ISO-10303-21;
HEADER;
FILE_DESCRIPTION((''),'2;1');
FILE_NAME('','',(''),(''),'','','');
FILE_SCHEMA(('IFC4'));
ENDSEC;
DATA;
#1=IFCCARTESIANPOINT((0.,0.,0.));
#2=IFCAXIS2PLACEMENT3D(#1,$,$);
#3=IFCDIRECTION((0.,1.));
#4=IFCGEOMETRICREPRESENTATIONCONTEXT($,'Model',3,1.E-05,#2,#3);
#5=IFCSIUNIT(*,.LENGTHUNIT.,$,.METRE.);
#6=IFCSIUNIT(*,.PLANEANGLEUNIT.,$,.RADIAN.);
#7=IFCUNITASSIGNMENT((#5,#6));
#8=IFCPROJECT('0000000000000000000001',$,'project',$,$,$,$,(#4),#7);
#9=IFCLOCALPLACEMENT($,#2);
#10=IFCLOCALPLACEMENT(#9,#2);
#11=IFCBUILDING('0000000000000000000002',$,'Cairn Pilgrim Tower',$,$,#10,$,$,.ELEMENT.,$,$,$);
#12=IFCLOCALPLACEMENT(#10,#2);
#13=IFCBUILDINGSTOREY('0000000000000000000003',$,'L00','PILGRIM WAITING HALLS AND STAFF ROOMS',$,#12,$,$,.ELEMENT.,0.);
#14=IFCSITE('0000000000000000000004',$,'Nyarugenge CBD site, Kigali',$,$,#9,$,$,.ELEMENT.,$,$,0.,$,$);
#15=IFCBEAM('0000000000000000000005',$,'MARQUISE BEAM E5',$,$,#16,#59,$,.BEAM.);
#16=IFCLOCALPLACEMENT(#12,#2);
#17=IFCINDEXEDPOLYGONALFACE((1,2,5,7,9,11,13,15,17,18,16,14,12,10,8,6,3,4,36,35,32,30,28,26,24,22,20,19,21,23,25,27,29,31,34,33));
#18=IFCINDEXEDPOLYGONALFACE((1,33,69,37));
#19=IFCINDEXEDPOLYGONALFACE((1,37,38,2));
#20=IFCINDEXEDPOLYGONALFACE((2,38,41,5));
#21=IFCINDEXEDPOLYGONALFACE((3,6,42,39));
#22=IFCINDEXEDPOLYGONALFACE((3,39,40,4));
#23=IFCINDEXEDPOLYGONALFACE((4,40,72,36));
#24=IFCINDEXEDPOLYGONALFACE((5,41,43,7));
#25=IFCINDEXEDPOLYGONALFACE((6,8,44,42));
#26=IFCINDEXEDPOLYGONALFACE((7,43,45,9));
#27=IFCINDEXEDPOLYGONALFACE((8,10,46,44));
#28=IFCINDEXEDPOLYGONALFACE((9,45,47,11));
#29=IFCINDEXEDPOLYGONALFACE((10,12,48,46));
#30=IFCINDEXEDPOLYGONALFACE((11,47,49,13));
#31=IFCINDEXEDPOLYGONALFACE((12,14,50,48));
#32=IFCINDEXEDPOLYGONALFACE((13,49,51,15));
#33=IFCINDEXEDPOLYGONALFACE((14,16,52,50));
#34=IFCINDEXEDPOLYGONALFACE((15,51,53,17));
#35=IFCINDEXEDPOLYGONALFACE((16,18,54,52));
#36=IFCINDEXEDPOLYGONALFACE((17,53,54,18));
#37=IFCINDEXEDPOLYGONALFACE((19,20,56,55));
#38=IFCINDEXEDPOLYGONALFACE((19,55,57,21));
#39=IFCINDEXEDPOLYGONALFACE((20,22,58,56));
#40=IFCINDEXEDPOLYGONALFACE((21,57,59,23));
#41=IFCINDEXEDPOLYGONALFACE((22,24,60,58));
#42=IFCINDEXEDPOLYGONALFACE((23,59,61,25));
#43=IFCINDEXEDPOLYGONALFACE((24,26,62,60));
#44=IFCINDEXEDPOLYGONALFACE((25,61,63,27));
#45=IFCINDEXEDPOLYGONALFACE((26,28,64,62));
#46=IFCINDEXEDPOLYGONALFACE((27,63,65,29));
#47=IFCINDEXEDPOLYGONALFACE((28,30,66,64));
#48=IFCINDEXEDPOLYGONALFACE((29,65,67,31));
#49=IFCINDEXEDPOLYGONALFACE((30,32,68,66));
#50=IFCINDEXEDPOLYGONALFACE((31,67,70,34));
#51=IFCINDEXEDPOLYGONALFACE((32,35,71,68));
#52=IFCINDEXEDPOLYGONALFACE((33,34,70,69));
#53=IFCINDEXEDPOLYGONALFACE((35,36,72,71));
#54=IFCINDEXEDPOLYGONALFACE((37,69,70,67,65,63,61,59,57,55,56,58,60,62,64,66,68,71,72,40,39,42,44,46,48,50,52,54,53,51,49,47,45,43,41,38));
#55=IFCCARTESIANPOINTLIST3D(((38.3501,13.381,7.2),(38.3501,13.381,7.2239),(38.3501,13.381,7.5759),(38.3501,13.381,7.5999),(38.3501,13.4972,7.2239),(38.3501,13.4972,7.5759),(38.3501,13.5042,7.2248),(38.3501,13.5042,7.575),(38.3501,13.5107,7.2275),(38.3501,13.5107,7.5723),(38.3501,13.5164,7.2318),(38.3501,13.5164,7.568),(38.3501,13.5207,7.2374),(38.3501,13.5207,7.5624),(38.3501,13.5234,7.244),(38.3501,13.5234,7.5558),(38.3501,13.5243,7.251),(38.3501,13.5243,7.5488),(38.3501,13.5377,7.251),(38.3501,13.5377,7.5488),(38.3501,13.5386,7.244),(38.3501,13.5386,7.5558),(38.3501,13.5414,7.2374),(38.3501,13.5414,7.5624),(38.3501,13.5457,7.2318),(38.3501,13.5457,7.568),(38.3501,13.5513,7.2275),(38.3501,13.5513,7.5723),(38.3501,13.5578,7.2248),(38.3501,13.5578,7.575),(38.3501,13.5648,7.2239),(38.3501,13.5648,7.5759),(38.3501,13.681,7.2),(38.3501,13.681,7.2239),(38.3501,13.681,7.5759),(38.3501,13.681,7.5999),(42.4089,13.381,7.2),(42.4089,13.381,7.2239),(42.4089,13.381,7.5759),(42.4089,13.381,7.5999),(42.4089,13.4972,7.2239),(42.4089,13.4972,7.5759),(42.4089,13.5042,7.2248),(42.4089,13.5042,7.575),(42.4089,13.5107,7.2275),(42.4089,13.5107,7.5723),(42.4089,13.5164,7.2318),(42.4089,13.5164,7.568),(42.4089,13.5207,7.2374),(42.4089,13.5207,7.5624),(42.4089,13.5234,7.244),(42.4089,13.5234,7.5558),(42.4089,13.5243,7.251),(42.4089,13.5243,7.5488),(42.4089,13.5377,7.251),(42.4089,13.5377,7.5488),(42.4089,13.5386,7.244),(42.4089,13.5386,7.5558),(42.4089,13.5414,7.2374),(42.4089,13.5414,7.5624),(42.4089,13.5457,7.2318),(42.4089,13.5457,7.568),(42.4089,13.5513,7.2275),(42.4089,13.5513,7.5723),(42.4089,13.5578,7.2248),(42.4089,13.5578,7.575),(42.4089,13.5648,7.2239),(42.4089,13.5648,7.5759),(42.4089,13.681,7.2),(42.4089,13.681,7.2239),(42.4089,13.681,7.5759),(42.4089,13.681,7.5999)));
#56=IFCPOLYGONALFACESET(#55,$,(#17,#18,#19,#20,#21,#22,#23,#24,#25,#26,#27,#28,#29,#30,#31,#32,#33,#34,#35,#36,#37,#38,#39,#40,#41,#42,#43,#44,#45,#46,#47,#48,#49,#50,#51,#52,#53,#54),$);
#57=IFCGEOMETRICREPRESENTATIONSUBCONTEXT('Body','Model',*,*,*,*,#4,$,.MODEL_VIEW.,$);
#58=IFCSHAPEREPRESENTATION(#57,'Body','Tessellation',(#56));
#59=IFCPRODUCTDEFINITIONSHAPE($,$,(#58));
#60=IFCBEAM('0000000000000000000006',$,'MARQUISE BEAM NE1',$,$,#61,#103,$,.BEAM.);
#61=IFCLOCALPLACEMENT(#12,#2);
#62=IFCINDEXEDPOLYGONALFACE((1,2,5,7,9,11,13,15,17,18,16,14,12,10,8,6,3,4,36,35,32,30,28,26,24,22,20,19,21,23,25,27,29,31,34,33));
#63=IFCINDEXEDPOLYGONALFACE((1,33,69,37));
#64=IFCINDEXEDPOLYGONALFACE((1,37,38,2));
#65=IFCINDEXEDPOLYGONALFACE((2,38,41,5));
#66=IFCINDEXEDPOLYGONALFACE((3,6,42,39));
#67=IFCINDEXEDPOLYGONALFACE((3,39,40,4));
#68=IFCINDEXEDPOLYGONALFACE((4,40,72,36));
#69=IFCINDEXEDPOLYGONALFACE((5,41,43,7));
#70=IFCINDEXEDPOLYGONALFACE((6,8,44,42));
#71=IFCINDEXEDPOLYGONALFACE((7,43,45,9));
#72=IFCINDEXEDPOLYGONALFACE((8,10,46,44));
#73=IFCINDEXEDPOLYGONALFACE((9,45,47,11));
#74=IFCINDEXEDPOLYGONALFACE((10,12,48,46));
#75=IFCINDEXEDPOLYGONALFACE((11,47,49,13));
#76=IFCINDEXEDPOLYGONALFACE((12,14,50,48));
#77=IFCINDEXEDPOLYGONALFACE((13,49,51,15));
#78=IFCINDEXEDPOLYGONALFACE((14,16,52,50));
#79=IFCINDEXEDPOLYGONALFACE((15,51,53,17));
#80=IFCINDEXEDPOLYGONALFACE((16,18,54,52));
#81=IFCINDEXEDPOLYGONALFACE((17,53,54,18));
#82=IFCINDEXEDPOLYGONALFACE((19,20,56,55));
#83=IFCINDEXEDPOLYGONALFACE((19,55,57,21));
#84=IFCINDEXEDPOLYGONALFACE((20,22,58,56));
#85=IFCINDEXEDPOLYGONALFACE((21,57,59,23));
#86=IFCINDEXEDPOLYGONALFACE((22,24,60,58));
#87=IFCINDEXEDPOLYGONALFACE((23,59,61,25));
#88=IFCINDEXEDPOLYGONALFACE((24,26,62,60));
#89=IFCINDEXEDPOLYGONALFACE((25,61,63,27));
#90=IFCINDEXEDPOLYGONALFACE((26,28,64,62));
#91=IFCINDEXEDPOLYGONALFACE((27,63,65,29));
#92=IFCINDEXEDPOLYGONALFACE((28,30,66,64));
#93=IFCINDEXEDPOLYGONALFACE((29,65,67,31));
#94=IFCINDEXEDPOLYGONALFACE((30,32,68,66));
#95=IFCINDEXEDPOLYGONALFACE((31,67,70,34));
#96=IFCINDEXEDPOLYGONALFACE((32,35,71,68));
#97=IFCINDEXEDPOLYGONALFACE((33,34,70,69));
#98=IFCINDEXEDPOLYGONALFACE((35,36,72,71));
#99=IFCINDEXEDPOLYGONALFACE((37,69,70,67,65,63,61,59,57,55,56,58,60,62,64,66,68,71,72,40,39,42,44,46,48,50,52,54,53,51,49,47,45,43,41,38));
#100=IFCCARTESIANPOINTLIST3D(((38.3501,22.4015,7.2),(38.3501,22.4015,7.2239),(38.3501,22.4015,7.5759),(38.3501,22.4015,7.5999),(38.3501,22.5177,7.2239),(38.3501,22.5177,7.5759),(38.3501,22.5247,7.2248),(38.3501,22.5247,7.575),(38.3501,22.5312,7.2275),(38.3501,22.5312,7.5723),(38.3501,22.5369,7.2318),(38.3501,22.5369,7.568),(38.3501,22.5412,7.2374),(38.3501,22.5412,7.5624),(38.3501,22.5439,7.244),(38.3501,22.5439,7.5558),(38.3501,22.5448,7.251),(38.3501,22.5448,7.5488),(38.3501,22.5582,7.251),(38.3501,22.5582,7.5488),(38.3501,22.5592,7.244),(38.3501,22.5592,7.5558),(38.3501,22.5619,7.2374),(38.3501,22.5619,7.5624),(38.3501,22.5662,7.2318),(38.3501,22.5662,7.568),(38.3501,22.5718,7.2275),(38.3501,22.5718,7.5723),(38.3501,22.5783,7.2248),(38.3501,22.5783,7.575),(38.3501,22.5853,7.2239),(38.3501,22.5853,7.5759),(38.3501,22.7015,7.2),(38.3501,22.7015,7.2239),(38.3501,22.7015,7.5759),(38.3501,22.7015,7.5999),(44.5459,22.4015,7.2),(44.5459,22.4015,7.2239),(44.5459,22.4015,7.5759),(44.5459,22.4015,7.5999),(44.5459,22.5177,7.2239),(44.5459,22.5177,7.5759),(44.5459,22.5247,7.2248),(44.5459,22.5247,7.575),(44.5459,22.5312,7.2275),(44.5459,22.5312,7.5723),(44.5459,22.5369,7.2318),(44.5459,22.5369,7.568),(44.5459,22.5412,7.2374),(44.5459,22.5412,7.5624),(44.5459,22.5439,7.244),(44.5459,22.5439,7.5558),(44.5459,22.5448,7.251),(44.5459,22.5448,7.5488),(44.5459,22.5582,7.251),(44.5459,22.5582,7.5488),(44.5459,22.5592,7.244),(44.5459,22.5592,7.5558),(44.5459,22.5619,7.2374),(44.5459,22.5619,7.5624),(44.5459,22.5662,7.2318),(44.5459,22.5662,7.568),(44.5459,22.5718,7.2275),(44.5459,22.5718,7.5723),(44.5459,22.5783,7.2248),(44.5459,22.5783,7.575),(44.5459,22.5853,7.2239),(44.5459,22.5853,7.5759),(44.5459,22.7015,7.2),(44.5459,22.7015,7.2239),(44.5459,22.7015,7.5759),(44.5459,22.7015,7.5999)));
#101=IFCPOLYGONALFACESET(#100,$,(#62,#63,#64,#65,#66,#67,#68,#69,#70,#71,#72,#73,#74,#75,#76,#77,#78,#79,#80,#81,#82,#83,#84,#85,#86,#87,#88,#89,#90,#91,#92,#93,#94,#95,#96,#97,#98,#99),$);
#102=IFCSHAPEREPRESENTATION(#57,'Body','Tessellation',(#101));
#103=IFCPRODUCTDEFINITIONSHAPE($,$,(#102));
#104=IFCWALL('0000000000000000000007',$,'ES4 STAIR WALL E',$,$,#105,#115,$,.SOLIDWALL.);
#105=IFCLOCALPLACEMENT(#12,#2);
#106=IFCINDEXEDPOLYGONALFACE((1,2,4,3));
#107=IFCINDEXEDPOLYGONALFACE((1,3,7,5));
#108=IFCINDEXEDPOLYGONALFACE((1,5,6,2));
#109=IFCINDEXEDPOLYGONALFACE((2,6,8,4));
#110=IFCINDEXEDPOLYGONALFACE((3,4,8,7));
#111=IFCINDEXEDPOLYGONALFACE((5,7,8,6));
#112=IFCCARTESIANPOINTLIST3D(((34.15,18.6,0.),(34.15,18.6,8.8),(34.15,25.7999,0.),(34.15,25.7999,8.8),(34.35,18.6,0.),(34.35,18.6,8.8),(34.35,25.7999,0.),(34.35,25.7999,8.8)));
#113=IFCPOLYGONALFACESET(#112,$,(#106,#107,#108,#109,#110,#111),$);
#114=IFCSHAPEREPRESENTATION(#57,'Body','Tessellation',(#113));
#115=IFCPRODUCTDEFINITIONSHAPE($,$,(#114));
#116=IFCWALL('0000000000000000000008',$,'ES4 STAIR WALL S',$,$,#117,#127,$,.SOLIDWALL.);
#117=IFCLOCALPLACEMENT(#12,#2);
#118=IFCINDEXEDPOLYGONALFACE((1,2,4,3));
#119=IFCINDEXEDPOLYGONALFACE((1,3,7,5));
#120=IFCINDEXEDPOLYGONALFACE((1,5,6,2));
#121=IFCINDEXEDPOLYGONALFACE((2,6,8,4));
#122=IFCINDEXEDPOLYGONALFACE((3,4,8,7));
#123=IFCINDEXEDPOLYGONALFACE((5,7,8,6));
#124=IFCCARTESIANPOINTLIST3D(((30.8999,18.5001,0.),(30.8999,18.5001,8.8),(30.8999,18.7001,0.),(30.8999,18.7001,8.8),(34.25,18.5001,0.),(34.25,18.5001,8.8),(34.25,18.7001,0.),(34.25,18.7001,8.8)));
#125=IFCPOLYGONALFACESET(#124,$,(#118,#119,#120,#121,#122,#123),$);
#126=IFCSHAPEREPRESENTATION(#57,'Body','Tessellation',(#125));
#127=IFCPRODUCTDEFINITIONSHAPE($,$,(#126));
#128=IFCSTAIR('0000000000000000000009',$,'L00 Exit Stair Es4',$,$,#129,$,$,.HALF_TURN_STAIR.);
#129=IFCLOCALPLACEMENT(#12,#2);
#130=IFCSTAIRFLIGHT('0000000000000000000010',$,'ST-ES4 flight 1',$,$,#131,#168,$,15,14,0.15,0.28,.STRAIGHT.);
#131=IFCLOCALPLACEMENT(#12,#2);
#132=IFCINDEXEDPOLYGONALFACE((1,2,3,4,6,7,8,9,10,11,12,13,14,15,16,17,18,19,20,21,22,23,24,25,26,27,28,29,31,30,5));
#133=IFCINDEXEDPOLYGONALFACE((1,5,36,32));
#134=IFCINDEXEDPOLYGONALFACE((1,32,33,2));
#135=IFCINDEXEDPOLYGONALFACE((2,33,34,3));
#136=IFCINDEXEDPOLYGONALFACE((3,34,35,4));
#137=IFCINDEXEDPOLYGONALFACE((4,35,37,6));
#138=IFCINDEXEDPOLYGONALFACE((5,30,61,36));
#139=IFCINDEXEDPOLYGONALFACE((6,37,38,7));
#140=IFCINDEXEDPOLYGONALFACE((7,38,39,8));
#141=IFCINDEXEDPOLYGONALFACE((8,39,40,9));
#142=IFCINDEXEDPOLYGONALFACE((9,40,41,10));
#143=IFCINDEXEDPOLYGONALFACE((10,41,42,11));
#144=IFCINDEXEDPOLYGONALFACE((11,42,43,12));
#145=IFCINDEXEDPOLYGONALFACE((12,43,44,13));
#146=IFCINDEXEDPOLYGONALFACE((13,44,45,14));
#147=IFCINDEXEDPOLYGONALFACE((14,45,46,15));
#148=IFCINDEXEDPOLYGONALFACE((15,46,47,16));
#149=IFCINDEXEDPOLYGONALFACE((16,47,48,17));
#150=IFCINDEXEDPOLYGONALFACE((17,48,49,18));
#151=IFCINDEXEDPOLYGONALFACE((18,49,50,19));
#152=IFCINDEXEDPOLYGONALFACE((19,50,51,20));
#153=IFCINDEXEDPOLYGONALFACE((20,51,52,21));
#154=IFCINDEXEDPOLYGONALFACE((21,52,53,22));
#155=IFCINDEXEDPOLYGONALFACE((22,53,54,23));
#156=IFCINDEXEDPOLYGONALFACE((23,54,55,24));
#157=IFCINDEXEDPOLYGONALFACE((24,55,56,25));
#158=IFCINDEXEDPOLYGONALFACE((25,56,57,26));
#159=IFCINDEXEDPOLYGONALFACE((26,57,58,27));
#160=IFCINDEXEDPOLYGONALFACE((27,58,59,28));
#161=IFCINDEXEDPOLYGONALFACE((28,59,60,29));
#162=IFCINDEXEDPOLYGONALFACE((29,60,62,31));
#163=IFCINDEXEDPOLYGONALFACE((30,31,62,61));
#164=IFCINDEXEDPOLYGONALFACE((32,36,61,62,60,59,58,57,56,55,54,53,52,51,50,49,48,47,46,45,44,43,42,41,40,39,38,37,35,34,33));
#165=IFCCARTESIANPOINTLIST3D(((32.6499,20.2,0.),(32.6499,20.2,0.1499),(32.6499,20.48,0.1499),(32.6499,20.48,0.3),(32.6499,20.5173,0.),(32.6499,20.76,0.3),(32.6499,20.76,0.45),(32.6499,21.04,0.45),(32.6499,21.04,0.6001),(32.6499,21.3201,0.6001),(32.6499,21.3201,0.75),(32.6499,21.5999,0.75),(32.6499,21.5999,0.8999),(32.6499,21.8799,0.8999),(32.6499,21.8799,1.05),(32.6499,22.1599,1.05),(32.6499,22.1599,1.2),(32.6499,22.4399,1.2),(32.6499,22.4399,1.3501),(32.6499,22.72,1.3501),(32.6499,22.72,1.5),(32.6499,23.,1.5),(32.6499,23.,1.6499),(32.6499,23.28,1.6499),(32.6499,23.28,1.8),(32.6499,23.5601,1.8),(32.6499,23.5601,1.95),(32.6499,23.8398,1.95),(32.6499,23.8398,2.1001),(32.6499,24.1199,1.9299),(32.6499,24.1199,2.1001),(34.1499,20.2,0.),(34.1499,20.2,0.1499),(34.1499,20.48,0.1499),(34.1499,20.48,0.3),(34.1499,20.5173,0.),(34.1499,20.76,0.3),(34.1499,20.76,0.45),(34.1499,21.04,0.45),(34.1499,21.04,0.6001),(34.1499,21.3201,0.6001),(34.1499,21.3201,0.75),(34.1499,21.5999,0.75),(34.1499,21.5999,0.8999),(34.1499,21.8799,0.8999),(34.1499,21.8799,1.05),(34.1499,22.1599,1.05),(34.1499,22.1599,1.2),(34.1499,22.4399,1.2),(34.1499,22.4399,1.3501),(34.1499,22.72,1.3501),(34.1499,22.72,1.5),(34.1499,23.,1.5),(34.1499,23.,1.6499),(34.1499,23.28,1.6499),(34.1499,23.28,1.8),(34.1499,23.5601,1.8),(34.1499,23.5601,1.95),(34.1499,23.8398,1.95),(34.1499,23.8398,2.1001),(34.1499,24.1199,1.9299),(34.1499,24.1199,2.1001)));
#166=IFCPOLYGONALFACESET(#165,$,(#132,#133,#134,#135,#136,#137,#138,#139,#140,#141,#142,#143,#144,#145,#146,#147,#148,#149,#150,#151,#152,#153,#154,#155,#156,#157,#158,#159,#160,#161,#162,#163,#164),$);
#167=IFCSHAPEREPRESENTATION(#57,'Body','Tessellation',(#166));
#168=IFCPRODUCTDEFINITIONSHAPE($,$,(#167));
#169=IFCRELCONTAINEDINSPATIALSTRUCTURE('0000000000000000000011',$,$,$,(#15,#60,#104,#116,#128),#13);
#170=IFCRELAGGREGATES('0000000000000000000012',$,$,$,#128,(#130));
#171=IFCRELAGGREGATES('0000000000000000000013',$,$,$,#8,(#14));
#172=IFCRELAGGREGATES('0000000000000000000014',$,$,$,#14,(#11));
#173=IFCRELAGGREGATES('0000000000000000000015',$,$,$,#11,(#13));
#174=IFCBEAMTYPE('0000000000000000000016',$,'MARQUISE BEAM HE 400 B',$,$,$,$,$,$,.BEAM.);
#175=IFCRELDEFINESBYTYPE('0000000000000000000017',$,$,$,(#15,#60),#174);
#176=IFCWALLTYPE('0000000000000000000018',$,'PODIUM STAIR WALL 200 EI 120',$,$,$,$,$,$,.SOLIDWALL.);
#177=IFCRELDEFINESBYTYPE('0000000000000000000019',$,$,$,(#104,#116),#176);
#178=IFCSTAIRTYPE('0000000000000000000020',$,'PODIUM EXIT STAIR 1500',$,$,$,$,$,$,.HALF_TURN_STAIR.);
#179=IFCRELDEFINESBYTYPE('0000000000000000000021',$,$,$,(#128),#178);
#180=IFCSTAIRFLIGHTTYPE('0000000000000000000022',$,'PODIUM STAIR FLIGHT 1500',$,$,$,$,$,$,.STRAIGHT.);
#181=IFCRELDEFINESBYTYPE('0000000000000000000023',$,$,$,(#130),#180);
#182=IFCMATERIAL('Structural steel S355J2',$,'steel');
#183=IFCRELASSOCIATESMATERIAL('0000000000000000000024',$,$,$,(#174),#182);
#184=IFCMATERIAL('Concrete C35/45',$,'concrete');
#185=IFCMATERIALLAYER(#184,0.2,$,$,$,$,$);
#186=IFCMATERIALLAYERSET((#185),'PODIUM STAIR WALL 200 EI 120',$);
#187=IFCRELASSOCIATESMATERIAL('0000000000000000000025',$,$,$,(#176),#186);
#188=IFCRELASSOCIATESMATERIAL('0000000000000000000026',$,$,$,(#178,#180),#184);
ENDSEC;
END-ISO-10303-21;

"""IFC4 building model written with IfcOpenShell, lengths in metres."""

from ifc_helpers import new_model, si_unit, direction, frame, frame_2d, origin, origin_2d, place, context, subcontext, project, spatial, polyline, rectangle, i_section, outline, extrude, material, layer, layer_set, material_profile, profile_set, type_object, element, aggregate, save


model = new_model("IFC4")

# Units and contexts
model_context = context("Model", 3, precision=1e-05, world=origin(), true_north=direction((0.0, 1.0)))
body_context = subcontext(model_context, "Body", "Model", "MODEL_VIEW")
ifc_project = project(units=[si_unit("LENGTHUNIT", "METRE"), si_unit("PLANEANGLEUNIT", "RADIAN")], contexts=[model_context])

# Site, building, storey
site_placement = place(None, origin())
site = spatial("IfcSite", under=ifc_project, at=site_placement, Name="Nyarugenge CBD site, Kigali", CompositionType="ELEMENT", RefElevation=0.0)
building_placement = place(site_placement, origin())
building = spatial("IfcBuilding", under=site, at=building_placement, Name="Cairn Pilgrim Tower", CompositionType="ELEMENT")
storey_placement = place(building_placement, origin())
storey = spatial("IfcBuildingStorey", under=building, at=storey_placement, Name="L00", Description="PILGRIM WAITING HALLS AND STAFF ROOMS", CompositionType="ELEMENT", Elevation=0.0)

# Shared definitions
ifc_material_1 = material(Name="Concrete C35/45", Category="concrete")

# Shared definitions
ifc_material_2 = material(Name="Structural steel S355J2", Category="steel")

# Beams
ifc_material_profile_1 = material_profile(ifc_material_2, i_section(OverallWidth=0.3, OverallDepth=0.3999, WebThickness=0.0134, FlangeThickness=0.0239, FilletRadius=0.0271, at=origin_2d()), Name="HE 400 B")
ifc_profile_set_1 = profile_set([ifc_material_profile_1], Name="Structural steel S355J2")
beam_type = type_object("IfcBeamType", Name="MARQUISE BEAM HE 400 B", PredefinedType="BEAM", material=ifc_profile_set_1)
beam_1_placement = place(storey_placement, frame((38.3501, 13.531, 7.3999), z_axis=(1.0, 0.0, 0.0), x_axis=(0.0, 1.0, 0.0)))
element("IfcBeam", 1, at=beam_1_placement, inside=storey, type_object=beam_type, Name="MARQUISE BEAM E5", PredefinedType="BEAM", context=body_context, shape_type="SweptSolid", body=[
    extrude(i_section(OverallWidth=0.3, OverallDepth=0.3999, WebThickness=0.0134, FlangeThickness=0.0239, FilletRadius=0.0271, at=origin_2d()), origin(), (0.0, 0.0, 1.0), 4.0588),
])
beam_2_placement = place(storey_placement, frame((38.3501, 22.5515, 7.3999), z_axis=(1.0, 0.0, 0.0), x_axis=(0.0, 1.0, 0.0)))
element("IfcBeam", 2, at=beam_2_placement, inside=storey, type_object=beam_type, Name="MARQUISE BEAM NE1", PredefinedType="BEAM", context=body_context, shape_type="SweptSolid", body=[
    extrude(i_section(OverallWidth=0.3, OverallDepth=0.3999, WebThickness=0.0134, FlangeThickness=0.0239, FilletRadius=0.0271, at=origin_2d()), origin(), (0.0, 0.0, 1.0), 6.1958),
])

# Walls
ifc_layer = layer(ifc_material_1, 0.2)
ifc_layer_set = layer_set([ifc_layer], Name="PODIUM STAIR WALL 200 EI 120")
wall_type = type_object("IfcWallType", Name="PODIUM STAIR WALL 200 EI 120", PredefinedType="SOLIDWALL", material=ifc_layer_set)
wall_1_placement = place(storey_placement, frame((34.25, 25.8, 0.0), z_axis=(0.0, 0.0, 1.0), x_axis=(0.0, -1.0, 0.0)))
element("IfcWall", 3, at=wall_1_placement, inside=storey, type_object=wall_type, Name="ES4 STAIR WALL E", PredefinedType="SOLIDWALL", context=body_context, shape_type="SweptSolid", body=[
    extrude(rectangle(XDim=7.2, YDim=0.2, at=frame_2d((3.6001, 0.0))), origin(), (0.0, 0.0, 1.0), 8.8),
])
wall_2_placement = place(storey_placement, frame((34.25, 18.6001, 0.0), z_axis=(0.0, 0.0, 1.0), x_axis=(-1.0, 0.0, 0.0)))
element("IfcWall", 4, at=wall_2_placement, inside=storey, type_object=wall_type, Name="ES4 STAIR WALL S", PredefinedType="SOLIDWALL", context=body_context, shape_type="SweptSolid", body=[
    extrude(rectangle(XDim=3.3501, YDim=0.2, at=frame_2d((1.675, 0.0))), origin(), (0.0, 0.0, 1.0), 8.8),
])

# Stair, stair flight
stair_type = type_object("IfcStairType", Name="PODIUM EXIT STAIR 1500", PredefinedType="HALF_TURN_STAIR", material=ifc_material_1)
stair_placement = place(storey_placement, origin())
stair = element("IfcStair", 5, at=stair_placement, inside=storey, type_object=stair_type, Name="L00 Exit Stair Es4", PredefinedType="HALF_TURN_STAIR")
stair_flight_type = type_object("IfcStairFlightType", Name="PODIUM STAIR FLIGHT 1500", PredefinedType="STRAIGHT", material=ifc_material_1)
stair_flight_1_placement = place(storey_placement, frame((33.3999, 20.2, 0.0), z_axis=(0.0, 0.0, 1.0), x_axis=(0.0, 1.0, 0.0)))
stair_flight_1 = element("IfcStairFlight", 6, at=stair_flight_1_placement, type_object=stair_flight_type, Name="ST-ES4 flight 1", NumberOfRisers=15, NumberOfTreads=14, PredefinedType="STRAIGHT", RiserHeight=0.15, TreadLength=0.28, context=body_context, shape_type="SweptSolid", body=[
    extrude(outline(polyline([(0.0, 0.0), (0.0, 0.1499), (0.28, 0.1499), (0.28, 0.3), (0.5601, 0.3), (0.5601, 0.45), (0.8401, 0.45), (0.8401, 0.6001), (1.1201, 0.6001), (1.1201, 0.75), (1.3999, 0.75), (1.3999, 0.8999), (1.6799, 0.8999), (1.6799, 1.05), (1.96, 1.05), (1.96, 1.2), (2.24, 1.2), (2.24, 1.3501), (2.52, 1.3501), (2.52, 1.5), (2.8, 1.5), (2.8, 1.6499), (3.0801, 1.6499), (3.0801, 1.8), (3.3601, 1.8), (3.3601, 1.95), (3.6399, 1.95), (3.6399, 2.1001), (3.9199, 2.1001), (3.9199, 2.25), (3.9199, 1.9299), (0.3174, 0.0), (0.0, 0.0)])), frame((0.0, 0.75, 0.0), z_axis=(0.0, -1.0, 0.0), x_axis=(1.0, 0.0, 0.0)), (0.0, 0.0, 1.0), 1.5),
])
aggregate(stair, [stair_flight_1])

save(model, "model.ifc")
